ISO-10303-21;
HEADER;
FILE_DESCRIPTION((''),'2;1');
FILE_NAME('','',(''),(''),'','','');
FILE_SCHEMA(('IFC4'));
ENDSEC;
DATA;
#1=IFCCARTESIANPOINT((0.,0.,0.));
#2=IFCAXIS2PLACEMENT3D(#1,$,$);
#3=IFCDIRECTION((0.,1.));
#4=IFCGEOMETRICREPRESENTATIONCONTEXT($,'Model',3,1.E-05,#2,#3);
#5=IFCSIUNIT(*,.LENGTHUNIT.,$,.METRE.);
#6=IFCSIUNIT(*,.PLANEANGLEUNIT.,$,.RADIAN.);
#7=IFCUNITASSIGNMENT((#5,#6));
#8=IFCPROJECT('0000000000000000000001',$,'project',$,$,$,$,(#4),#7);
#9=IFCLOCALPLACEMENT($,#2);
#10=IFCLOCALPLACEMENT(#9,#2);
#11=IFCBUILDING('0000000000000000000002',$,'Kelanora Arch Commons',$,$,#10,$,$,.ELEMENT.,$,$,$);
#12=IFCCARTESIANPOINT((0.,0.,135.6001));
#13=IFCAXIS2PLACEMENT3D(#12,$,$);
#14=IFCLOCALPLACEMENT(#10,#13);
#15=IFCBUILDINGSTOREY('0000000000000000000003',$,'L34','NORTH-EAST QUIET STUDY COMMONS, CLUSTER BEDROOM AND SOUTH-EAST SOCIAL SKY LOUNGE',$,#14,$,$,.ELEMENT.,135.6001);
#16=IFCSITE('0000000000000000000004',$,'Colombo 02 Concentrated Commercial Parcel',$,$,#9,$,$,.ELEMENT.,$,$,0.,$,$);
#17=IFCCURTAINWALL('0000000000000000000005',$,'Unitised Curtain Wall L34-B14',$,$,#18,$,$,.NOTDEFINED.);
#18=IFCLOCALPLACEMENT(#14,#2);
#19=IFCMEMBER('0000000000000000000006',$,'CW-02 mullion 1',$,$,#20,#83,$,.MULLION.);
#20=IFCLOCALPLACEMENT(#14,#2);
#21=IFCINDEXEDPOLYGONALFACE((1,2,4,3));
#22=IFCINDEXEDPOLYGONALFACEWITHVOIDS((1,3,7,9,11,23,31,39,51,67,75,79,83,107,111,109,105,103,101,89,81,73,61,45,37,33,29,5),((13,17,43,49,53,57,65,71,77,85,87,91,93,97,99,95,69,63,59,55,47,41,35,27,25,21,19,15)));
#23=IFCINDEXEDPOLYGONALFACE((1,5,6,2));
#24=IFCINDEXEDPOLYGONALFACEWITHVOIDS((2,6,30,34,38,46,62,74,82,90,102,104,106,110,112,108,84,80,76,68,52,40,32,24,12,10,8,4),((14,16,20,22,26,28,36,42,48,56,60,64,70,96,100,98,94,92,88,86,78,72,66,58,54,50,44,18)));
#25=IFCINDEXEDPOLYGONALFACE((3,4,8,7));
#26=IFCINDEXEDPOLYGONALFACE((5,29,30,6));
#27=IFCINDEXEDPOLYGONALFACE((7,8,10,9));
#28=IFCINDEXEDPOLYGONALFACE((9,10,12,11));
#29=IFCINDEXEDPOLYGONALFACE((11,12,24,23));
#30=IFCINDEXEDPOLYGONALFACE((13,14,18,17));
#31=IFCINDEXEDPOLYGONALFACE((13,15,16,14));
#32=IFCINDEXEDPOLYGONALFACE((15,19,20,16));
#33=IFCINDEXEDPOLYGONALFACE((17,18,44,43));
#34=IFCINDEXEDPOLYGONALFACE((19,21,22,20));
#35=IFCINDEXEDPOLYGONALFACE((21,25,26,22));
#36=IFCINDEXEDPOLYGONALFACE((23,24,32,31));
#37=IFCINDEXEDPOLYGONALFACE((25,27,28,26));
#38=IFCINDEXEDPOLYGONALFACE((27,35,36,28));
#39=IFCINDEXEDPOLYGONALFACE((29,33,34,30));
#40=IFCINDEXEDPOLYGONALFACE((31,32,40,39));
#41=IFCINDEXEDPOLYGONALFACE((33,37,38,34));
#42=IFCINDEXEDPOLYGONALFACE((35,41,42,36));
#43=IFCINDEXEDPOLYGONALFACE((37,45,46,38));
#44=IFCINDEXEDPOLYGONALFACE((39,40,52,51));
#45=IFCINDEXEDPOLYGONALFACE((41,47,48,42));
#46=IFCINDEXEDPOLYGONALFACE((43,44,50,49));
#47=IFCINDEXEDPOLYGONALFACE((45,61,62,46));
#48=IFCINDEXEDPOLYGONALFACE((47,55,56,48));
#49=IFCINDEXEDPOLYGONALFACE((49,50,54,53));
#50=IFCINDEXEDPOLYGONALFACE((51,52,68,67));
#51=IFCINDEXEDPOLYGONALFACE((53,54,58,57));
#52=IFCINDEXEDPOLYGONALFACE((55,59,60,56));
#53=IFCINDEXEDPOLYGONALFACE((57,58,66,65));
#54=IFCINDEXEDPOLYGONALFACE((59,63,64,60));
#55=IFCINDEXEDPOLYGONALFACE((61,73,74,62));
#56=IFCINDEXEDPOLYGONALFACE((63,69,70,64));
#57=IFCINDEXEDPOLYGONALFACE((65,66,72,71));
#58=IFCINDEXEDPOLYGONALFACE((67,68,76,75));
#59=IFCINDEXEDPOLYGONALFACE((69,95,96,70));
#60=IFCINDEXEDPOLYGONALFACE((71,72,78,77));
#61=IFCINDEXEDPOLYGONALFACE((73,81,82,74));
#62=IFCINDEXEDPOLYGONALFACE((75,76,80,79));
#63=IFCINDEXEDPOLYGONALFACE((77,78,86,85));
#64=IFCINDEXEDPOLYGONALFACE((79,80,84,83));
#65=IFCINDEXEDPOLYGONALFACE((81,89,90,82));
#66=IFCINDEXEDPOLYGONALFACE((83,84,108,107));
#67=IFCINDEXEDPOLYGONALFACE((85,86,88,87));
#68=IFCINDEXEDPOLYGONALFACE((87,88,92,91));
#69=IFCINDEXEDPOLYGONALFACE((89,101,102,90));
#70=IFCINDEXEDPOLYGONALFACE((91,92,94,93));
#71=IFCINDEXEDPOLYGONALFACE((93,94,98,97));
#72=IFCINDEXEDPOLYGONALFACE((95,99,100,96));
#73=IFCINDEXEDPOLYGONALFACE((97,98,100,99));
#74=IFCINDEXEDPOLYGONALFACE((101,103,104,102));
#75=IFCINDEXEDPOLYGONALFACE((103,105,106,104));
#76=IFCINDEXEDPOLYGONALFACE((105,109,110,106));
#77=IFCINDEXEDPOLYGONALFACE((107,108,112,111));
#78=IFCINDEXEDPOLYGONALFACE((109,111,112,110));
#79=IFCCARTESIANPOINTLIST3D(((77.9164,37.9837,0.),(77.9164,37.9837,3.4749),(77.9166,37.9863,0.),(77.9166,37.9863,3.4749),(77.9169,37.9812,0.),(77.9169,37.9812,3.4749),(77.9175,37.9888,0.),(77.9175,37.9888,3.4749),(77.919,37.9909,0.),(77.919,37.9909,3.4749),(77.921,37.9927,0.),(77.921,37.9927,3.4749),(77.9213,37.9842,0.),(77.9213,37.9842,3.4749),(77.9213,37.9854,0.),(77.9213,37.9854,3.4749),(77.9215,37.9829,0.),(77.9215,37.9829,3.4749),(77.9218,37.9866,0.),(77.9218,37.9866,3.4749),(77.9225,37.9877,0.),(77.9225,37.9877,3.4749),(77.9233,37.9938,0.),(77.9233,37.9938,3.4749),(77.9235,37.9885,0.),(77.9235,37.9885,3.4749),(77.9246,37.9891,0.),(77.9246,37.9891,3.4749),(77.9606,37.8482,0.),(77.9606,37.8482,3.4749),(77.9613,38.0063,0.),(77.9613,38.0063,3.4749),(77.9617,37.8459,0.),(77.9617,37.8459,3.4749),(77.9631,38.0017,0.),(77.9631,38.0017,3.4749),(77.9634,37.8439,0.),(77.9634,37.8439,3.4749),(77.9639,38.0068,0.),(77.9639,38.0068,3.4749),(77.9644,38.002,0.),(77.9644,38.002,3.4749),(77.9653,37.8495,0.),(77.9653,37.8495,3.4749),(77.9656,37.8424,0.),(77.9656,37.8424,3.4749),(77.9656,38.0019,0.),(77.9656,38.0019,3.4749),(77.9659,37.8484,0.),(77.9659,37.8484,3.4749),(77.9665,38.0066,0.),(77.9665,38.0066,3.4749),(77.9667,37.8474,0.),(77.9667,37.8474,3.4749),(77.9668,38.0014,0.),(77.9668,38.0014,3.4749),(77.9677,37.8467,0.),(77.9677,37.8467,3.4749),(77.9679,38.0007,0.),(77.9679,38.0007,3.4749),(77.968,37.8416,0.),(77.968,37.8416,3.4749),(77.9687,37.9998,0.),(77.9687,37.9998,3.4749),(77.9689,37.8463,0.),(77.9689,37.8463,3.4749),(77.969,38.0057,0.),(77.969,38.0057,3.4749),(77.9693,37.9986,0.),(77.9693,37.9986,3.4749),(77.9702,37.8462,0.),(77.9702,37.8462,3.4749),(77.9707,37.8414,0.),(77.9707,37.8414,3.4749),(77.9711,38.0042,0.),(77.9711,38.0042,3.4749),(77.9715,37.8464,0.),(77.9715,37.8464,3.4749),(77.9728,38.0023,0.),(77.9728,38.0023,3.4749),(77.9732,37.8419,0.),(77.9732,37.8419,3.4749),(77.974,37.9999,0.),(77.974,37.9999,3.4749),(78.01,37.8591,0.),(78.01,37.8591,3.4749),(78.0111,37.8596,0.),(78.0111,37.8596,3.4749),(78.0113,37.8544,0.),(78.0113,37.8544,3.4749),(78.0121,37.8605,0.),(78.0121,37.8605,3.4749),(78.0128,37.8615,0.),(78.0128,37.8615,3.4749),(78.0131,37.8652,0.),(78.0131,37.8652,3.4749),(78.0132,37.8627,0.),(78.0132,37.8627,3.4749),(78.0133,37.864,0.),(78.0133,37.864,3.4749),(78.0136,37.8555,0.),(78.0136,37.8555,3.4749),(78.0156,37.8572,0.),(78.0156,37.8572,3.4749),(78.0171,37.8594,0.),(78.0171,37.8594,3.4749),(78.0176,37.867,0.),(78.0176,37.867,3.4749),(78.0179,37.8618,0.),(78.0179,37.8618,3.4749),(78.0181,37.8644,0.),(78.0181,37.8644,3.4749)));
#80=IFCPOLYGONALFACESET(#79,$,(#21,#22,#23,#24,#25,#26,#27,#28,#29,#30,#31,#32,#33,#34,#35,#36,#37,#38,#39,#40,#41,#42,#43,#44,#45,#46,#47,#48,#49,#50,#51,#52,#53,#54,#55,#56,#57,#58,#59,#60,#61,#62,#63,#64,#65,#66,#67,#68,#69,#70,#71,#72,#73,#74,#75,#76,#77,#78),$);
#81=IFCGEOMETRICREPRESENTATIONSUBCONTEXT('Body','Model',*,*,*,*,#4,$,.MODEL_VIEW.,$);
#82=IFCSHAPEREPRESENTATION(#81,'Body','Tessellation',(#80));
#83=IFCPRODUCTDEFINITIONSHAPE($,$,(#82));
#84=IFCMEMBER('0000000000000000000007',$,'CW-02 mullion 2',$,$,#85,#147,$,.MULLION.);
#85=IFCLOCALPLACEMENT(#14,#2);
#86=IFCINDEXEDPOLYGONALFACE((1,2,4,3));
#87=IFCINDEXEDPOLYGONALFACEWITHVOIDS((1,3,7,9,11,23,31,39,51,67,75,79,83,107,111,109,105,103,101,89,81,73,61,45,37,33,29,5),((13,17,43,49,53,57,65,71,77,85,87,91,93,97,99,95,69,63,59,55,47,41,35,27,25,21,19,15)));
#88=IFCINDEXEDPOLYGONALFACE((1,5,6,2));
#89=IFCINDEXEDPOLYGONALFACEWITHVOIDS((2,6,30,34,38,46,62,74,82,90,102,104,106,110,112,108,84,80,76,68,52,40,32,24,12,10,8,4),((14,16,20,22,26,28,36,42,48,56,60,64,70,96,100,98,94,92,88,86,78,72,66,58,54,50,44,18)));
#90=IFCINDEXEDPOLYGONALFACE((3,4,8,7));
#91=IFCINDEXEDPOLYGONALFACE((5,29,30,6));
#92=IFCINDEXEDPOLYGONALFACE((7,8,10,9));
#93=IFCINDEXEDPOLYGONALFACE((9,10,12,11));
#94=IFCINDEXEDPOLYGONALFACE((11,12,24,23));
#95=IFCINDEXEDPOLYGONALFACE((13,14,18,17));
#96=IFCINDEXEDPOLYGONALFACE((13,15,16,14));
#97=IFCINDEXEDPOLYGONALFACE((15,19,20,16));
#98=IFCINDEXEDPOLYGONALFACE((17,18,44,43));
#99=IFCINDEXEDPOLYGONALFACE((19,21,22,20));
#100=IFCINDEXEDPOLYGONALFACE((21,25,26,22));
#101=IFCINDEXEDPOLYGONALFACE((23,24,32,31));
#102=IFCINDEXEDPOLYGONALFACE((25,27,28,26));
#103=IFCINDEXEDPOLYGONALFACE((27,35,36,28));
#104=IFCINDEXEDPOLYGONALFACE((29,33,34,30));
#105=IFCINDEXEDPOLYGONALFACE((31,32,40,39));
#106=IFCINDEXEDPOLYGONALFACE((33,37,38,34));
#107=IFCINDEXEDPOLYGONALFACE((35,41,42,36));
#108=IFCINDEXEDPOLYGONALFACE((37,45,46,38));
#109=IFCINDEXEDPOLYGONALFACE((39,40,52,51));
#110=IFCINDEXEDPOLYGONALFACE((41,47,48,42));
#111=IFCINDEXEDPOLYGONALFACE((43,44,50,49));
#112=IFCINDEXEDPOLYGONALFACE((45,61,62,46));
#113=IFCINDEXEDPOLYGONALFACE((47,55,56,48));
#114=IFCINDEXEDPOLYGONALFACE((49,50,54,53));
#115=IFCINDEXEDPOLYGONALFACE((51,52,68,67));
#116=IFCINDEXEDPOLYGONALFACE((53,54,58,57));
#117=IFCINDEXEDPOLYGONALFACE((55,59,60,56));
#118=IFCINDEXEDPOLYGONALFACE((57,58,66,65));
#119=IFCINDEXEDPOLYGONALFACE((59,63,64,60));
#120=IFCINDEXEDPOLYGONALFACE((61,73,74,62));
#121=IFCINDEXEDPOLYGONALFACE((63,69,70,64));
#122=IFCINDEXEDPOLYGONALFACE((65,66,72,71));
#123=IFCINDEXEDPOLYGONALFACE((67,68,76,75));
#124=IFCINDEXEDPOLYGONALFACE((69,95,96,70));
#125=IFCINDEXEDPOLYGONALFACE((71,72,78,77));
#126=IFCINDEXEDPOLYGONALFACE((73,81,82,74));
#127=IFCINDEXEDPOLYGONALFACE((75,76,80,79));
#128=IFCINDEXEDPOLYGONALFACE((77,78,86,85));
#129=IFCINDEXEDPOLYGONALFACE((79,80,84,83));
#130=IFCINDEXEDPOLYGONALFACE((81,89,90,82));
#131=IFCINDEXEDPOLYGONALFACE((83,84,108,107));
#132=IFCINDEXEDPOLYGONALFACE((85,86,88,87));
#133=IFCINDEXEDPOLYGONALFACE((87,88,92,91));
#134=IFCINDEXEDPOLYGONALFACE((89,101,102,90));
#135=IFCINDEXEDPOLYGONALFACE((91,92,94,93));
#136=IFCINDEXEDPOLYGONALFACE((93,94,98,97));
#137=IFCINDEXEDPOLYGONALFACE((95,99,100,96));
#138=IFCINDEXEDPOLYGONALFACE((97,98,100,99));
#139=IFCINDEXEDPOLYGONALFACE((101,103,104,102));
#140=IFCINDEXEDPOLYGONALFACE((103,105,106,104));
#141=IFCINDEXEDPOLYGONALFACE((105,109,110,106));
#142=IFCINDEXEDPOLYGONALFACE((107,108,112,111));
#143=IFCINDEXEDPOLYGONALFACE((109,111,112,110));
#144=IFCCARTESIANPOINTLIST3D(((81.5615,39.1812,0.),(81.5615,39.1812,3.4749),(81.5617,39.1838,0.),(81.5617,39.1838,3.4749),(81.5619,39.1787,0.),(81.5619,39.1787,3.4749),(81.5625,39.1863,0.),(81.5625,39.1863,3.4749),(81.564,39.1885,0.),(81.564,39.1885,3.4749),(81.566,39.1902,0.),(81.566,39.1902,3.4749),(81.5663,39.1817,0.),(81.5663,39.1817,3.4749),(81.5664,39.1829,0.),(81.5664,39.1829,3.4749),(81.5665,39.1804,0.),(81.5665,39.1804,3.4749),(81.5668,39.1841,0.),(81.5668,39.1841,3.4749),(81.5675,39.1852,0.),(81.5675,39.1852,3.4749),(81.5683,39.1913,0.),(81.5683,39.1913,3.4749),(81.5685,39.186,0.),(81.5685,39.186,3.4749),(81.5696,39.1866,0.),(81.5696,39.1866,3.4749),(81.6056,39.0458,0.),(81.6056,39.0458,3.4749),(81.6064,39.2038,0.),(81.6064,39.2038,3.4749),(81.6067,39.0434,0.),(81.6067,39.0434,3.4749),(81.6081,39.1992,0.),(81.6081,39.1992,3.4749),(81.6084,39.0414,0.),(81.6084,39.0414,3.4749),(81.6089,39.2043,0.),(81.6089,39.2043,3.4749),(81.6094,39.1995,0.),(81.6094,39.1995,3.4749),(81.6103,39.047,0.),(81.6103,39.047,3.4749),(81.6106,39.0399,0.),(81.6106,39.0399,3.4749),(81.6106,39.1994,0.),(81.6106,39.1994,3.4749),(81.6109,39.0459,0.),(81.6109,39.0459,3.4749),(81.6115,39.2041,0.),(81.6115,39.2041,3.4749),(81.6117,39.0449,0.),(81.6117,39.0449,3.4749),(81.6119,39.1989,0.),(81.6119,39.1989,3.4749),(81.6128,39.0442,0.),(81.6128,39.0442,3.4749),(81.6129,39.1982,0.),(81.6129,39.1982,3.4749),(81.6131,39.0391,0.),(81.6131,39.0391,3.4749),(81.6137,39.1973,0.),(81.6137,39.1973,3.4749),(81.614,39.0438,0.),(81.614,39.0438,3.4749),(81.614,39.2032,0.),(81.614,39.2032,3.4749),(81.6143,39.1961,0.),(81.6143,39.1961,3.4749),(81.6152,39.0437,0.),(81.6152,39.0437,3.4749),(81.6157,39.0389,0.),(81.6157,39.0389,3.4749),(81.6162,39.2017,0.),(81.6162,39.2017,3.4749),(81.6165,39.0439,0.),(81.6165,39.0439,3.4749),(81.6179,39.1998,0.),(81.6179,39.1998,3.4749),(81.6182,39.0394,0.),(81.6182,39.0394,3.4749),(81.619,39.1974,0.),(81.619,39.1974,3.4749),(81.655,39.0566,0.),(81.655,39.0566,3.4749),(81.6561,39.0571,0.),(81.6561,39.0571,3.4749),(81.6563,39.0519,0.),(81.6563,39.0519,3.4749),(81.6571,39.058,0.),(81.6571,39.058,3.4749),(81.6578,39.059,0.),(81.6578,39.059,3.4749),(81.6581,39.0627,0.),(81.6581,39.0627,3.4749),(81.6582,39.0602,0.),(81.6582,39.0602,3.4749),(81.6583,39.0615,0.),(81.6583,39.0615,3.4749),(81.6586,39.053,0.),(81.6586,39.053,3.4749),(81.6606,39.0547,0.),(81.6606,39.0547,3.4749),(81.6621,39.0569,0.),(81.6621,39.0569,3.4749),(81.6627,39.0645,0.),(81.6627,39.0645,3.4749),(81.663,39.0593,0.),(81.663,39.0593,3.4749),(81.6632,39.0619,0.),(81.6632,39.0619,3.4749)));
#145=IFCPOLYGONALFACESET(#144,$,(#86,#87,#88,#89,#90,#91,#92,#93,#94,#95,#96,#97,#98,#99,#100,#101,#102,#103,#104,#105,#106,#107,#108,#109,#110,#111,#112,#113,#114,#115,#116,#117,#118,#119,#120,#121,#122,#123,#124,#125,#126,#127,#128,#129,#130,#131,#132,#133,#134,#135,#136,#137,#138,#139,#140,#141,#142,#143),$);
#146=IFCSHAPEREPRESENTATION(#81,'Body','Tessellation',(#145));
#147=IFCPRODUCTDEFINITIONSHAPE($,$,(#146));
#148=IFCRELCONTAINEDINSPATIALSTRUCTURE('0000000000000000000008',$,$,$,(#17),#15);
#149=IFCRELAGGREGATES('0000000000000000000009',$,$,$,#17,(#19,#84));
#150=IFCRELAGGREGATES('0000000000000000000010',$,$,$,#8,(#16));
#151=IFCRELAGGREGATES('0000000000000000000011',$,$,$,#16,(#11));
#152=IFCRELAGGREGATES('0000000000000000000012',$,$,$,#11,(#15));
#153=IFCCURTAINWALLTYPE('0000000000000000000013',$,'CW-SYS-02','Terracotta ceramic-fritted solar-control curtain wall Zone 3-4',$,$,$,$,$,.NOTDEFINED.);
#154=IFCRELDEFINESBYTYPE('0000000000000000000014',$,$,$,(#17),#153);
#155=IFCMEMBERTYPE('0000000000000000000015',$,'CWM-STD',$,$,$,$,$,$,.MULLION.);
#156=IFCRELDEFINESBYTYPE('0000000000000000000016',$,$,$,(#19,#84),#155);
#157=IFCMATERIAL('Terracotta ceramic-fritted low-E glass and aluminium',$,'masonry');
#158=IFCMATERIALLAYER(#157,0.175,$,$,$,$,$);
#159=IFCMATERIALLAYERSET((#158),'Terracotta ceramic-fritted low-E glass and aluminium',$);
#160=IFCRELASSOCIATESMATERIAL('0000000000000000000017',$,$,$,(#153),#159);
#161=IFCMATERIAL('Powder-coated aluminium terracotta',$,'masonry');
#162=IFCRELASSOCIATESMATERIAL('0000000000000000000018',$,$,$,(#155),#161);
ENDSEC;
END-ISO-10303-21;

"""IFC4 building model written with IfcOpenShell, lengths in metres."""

from ifc_helpers import new_model, si_unit, direction, frame, origin, origin_2d, place, context, subcontext, project, spatial, hollow_rectangle, extrude, material, layer, layer_set, material_profile, profile_set, type_object, element, aggregate, save


model = new_model("IFC4")

# Units and contexts
model_context = context("Model", 3, precision=1e-05, world=origin(), true_north=direction((0.0, 1.0)))
body_context = subcontext(model_context, "Body", "Model", "MODEL_VIEW")
ifc_project = project(units=[si_unit("LENGTHUNIT", "METRE"), si_unit("PLANEANGLEUNIT", "RADIAN")], contexts=[model_context])

# Site, building, storey
site_placement = place(None, origin())
site = spatial("IfcSite", under=ifc_project, at=site_placement, Name="Colombo 02 Concentrated Commercial Parcel", CompositionType="ELEMENT", RefElevation=0.0)
building_placement = place(site_placement, origin())
building = spatial("IfcBuilding", under=site, at=building_placement, Name="Kelanora Arch Commons", CompositionType="ELEMENT")
storey_placement = place(building_placement, frame((0.0, 0.0, 135.6001)))
storey = spatial("IfcBuildingStorey", under=building, at=storey_placement, Name="L34", Description="NORTH-EAST QUIET STUDY COMMONS, CLUSTER BEDROOM AND SOUTH-EAST SOCIAL SKY LOUNGE", CompositionType="ELEMENT", Elevation=135.6001)

# Curtain wall, members
ifc_material_1 = material(Name="Terracotta ceramic-fritted low-E glass and aluminium", Category="masonry")
ifc_layer_1 = layer(ifc_material_1, 0.175)
ifc_layer_set_1 = layer_set([ifc_layer_1], Name="Terracotta ceramic-fritted low-E glass and aluminium")
curtain_wall_type = type_object("IfcCurtainWallType", Name="CW-SYS-02", Description="Terracotta ceramic-fritted solar-control curtain wall Zone 3-4", PredefinedType="NOTDEFINED", material=ifc_layer_set_1)
curtain_wall_placement = place(storey_placement, origin())
curtain_wall = element("IfcCurtainWall", 1, at=curtain_wall_placement, inside=storey, type_object=curtain_wall_type, Name="Unitised Curtain Wall L34-B14", PredefinedType="NOTDEFINED")
ifc_material_2 = material(Name="Powder-coated aluminium terracotta", Category="masonry")
ifc_material_profile_1 = material_profile(ifc_material_2, hollow_rectangle(XDim=0.1599, YDim=0.0601, WallThickness=0.0049, InnerFilletRadius=0.0049, OuterFilletRadius=0.01, at=origin_2d()), Name="CWM160x60")
ifc_profile_set_1 = profile_set([ifc_material_profile_1], Name="Powder-coated aluminium terracotta")
member_type_1 = type_object("IfcMemberType", Name="CWM-STD", PredefinedType="MULLION", material=ifc_profile_set_1)
member_1_placement = place(storey_placement, frame((77.9673, 37.9241, 0.0), z_axis=(0.0, 0.0, 1.0), x_axis=(-0.312128, 0.95004, 0.0)))
member_1 = element("IfcMember", 2, at=member_1_placement, type_object=member_type_1, Name="CW-02 mullion 1", PredefinedType="MULLION", context=body_context, shape_type="SweptSolid", body=[
    extrude(hollow_rectangle(XDim=0.1599, YDim=0.0601, WallThickness=0.0049, InnerFilletRadius=0.0049, OuterFilletRadius=0.01, at=origin_2d()), origin(), (0.0, 0.0, 1.0), 3.4749),
])
member_2_placement = place(storey_placement, frame((81.6123, 39.1216, 0.0), z_axis=(0.0, 0.0, 1.0), x_axis=(-0.312128, 0.95004, 0.0)))
member_2 = element("IfcMember", 3, at=member_2_placement, type_object=member_type_1, Name="CW-02 mullion 2", PredefinedType="MULLION", context=body_context, shape_type="SweptSolid", body=[
    extrude(hollow_rectangle(XDim=0.1599, YDim=0.0601, WallThickness=0.0049, InnerFilletRadius=0.0049, OuterFilletRadius=0.01, at=origin_2d()), origin(), (0.0, 0.0, 1.0), 3.4749),
])
aggregate(curtain_wall, [member_1, member_2])

save(model, "model.ifc")
